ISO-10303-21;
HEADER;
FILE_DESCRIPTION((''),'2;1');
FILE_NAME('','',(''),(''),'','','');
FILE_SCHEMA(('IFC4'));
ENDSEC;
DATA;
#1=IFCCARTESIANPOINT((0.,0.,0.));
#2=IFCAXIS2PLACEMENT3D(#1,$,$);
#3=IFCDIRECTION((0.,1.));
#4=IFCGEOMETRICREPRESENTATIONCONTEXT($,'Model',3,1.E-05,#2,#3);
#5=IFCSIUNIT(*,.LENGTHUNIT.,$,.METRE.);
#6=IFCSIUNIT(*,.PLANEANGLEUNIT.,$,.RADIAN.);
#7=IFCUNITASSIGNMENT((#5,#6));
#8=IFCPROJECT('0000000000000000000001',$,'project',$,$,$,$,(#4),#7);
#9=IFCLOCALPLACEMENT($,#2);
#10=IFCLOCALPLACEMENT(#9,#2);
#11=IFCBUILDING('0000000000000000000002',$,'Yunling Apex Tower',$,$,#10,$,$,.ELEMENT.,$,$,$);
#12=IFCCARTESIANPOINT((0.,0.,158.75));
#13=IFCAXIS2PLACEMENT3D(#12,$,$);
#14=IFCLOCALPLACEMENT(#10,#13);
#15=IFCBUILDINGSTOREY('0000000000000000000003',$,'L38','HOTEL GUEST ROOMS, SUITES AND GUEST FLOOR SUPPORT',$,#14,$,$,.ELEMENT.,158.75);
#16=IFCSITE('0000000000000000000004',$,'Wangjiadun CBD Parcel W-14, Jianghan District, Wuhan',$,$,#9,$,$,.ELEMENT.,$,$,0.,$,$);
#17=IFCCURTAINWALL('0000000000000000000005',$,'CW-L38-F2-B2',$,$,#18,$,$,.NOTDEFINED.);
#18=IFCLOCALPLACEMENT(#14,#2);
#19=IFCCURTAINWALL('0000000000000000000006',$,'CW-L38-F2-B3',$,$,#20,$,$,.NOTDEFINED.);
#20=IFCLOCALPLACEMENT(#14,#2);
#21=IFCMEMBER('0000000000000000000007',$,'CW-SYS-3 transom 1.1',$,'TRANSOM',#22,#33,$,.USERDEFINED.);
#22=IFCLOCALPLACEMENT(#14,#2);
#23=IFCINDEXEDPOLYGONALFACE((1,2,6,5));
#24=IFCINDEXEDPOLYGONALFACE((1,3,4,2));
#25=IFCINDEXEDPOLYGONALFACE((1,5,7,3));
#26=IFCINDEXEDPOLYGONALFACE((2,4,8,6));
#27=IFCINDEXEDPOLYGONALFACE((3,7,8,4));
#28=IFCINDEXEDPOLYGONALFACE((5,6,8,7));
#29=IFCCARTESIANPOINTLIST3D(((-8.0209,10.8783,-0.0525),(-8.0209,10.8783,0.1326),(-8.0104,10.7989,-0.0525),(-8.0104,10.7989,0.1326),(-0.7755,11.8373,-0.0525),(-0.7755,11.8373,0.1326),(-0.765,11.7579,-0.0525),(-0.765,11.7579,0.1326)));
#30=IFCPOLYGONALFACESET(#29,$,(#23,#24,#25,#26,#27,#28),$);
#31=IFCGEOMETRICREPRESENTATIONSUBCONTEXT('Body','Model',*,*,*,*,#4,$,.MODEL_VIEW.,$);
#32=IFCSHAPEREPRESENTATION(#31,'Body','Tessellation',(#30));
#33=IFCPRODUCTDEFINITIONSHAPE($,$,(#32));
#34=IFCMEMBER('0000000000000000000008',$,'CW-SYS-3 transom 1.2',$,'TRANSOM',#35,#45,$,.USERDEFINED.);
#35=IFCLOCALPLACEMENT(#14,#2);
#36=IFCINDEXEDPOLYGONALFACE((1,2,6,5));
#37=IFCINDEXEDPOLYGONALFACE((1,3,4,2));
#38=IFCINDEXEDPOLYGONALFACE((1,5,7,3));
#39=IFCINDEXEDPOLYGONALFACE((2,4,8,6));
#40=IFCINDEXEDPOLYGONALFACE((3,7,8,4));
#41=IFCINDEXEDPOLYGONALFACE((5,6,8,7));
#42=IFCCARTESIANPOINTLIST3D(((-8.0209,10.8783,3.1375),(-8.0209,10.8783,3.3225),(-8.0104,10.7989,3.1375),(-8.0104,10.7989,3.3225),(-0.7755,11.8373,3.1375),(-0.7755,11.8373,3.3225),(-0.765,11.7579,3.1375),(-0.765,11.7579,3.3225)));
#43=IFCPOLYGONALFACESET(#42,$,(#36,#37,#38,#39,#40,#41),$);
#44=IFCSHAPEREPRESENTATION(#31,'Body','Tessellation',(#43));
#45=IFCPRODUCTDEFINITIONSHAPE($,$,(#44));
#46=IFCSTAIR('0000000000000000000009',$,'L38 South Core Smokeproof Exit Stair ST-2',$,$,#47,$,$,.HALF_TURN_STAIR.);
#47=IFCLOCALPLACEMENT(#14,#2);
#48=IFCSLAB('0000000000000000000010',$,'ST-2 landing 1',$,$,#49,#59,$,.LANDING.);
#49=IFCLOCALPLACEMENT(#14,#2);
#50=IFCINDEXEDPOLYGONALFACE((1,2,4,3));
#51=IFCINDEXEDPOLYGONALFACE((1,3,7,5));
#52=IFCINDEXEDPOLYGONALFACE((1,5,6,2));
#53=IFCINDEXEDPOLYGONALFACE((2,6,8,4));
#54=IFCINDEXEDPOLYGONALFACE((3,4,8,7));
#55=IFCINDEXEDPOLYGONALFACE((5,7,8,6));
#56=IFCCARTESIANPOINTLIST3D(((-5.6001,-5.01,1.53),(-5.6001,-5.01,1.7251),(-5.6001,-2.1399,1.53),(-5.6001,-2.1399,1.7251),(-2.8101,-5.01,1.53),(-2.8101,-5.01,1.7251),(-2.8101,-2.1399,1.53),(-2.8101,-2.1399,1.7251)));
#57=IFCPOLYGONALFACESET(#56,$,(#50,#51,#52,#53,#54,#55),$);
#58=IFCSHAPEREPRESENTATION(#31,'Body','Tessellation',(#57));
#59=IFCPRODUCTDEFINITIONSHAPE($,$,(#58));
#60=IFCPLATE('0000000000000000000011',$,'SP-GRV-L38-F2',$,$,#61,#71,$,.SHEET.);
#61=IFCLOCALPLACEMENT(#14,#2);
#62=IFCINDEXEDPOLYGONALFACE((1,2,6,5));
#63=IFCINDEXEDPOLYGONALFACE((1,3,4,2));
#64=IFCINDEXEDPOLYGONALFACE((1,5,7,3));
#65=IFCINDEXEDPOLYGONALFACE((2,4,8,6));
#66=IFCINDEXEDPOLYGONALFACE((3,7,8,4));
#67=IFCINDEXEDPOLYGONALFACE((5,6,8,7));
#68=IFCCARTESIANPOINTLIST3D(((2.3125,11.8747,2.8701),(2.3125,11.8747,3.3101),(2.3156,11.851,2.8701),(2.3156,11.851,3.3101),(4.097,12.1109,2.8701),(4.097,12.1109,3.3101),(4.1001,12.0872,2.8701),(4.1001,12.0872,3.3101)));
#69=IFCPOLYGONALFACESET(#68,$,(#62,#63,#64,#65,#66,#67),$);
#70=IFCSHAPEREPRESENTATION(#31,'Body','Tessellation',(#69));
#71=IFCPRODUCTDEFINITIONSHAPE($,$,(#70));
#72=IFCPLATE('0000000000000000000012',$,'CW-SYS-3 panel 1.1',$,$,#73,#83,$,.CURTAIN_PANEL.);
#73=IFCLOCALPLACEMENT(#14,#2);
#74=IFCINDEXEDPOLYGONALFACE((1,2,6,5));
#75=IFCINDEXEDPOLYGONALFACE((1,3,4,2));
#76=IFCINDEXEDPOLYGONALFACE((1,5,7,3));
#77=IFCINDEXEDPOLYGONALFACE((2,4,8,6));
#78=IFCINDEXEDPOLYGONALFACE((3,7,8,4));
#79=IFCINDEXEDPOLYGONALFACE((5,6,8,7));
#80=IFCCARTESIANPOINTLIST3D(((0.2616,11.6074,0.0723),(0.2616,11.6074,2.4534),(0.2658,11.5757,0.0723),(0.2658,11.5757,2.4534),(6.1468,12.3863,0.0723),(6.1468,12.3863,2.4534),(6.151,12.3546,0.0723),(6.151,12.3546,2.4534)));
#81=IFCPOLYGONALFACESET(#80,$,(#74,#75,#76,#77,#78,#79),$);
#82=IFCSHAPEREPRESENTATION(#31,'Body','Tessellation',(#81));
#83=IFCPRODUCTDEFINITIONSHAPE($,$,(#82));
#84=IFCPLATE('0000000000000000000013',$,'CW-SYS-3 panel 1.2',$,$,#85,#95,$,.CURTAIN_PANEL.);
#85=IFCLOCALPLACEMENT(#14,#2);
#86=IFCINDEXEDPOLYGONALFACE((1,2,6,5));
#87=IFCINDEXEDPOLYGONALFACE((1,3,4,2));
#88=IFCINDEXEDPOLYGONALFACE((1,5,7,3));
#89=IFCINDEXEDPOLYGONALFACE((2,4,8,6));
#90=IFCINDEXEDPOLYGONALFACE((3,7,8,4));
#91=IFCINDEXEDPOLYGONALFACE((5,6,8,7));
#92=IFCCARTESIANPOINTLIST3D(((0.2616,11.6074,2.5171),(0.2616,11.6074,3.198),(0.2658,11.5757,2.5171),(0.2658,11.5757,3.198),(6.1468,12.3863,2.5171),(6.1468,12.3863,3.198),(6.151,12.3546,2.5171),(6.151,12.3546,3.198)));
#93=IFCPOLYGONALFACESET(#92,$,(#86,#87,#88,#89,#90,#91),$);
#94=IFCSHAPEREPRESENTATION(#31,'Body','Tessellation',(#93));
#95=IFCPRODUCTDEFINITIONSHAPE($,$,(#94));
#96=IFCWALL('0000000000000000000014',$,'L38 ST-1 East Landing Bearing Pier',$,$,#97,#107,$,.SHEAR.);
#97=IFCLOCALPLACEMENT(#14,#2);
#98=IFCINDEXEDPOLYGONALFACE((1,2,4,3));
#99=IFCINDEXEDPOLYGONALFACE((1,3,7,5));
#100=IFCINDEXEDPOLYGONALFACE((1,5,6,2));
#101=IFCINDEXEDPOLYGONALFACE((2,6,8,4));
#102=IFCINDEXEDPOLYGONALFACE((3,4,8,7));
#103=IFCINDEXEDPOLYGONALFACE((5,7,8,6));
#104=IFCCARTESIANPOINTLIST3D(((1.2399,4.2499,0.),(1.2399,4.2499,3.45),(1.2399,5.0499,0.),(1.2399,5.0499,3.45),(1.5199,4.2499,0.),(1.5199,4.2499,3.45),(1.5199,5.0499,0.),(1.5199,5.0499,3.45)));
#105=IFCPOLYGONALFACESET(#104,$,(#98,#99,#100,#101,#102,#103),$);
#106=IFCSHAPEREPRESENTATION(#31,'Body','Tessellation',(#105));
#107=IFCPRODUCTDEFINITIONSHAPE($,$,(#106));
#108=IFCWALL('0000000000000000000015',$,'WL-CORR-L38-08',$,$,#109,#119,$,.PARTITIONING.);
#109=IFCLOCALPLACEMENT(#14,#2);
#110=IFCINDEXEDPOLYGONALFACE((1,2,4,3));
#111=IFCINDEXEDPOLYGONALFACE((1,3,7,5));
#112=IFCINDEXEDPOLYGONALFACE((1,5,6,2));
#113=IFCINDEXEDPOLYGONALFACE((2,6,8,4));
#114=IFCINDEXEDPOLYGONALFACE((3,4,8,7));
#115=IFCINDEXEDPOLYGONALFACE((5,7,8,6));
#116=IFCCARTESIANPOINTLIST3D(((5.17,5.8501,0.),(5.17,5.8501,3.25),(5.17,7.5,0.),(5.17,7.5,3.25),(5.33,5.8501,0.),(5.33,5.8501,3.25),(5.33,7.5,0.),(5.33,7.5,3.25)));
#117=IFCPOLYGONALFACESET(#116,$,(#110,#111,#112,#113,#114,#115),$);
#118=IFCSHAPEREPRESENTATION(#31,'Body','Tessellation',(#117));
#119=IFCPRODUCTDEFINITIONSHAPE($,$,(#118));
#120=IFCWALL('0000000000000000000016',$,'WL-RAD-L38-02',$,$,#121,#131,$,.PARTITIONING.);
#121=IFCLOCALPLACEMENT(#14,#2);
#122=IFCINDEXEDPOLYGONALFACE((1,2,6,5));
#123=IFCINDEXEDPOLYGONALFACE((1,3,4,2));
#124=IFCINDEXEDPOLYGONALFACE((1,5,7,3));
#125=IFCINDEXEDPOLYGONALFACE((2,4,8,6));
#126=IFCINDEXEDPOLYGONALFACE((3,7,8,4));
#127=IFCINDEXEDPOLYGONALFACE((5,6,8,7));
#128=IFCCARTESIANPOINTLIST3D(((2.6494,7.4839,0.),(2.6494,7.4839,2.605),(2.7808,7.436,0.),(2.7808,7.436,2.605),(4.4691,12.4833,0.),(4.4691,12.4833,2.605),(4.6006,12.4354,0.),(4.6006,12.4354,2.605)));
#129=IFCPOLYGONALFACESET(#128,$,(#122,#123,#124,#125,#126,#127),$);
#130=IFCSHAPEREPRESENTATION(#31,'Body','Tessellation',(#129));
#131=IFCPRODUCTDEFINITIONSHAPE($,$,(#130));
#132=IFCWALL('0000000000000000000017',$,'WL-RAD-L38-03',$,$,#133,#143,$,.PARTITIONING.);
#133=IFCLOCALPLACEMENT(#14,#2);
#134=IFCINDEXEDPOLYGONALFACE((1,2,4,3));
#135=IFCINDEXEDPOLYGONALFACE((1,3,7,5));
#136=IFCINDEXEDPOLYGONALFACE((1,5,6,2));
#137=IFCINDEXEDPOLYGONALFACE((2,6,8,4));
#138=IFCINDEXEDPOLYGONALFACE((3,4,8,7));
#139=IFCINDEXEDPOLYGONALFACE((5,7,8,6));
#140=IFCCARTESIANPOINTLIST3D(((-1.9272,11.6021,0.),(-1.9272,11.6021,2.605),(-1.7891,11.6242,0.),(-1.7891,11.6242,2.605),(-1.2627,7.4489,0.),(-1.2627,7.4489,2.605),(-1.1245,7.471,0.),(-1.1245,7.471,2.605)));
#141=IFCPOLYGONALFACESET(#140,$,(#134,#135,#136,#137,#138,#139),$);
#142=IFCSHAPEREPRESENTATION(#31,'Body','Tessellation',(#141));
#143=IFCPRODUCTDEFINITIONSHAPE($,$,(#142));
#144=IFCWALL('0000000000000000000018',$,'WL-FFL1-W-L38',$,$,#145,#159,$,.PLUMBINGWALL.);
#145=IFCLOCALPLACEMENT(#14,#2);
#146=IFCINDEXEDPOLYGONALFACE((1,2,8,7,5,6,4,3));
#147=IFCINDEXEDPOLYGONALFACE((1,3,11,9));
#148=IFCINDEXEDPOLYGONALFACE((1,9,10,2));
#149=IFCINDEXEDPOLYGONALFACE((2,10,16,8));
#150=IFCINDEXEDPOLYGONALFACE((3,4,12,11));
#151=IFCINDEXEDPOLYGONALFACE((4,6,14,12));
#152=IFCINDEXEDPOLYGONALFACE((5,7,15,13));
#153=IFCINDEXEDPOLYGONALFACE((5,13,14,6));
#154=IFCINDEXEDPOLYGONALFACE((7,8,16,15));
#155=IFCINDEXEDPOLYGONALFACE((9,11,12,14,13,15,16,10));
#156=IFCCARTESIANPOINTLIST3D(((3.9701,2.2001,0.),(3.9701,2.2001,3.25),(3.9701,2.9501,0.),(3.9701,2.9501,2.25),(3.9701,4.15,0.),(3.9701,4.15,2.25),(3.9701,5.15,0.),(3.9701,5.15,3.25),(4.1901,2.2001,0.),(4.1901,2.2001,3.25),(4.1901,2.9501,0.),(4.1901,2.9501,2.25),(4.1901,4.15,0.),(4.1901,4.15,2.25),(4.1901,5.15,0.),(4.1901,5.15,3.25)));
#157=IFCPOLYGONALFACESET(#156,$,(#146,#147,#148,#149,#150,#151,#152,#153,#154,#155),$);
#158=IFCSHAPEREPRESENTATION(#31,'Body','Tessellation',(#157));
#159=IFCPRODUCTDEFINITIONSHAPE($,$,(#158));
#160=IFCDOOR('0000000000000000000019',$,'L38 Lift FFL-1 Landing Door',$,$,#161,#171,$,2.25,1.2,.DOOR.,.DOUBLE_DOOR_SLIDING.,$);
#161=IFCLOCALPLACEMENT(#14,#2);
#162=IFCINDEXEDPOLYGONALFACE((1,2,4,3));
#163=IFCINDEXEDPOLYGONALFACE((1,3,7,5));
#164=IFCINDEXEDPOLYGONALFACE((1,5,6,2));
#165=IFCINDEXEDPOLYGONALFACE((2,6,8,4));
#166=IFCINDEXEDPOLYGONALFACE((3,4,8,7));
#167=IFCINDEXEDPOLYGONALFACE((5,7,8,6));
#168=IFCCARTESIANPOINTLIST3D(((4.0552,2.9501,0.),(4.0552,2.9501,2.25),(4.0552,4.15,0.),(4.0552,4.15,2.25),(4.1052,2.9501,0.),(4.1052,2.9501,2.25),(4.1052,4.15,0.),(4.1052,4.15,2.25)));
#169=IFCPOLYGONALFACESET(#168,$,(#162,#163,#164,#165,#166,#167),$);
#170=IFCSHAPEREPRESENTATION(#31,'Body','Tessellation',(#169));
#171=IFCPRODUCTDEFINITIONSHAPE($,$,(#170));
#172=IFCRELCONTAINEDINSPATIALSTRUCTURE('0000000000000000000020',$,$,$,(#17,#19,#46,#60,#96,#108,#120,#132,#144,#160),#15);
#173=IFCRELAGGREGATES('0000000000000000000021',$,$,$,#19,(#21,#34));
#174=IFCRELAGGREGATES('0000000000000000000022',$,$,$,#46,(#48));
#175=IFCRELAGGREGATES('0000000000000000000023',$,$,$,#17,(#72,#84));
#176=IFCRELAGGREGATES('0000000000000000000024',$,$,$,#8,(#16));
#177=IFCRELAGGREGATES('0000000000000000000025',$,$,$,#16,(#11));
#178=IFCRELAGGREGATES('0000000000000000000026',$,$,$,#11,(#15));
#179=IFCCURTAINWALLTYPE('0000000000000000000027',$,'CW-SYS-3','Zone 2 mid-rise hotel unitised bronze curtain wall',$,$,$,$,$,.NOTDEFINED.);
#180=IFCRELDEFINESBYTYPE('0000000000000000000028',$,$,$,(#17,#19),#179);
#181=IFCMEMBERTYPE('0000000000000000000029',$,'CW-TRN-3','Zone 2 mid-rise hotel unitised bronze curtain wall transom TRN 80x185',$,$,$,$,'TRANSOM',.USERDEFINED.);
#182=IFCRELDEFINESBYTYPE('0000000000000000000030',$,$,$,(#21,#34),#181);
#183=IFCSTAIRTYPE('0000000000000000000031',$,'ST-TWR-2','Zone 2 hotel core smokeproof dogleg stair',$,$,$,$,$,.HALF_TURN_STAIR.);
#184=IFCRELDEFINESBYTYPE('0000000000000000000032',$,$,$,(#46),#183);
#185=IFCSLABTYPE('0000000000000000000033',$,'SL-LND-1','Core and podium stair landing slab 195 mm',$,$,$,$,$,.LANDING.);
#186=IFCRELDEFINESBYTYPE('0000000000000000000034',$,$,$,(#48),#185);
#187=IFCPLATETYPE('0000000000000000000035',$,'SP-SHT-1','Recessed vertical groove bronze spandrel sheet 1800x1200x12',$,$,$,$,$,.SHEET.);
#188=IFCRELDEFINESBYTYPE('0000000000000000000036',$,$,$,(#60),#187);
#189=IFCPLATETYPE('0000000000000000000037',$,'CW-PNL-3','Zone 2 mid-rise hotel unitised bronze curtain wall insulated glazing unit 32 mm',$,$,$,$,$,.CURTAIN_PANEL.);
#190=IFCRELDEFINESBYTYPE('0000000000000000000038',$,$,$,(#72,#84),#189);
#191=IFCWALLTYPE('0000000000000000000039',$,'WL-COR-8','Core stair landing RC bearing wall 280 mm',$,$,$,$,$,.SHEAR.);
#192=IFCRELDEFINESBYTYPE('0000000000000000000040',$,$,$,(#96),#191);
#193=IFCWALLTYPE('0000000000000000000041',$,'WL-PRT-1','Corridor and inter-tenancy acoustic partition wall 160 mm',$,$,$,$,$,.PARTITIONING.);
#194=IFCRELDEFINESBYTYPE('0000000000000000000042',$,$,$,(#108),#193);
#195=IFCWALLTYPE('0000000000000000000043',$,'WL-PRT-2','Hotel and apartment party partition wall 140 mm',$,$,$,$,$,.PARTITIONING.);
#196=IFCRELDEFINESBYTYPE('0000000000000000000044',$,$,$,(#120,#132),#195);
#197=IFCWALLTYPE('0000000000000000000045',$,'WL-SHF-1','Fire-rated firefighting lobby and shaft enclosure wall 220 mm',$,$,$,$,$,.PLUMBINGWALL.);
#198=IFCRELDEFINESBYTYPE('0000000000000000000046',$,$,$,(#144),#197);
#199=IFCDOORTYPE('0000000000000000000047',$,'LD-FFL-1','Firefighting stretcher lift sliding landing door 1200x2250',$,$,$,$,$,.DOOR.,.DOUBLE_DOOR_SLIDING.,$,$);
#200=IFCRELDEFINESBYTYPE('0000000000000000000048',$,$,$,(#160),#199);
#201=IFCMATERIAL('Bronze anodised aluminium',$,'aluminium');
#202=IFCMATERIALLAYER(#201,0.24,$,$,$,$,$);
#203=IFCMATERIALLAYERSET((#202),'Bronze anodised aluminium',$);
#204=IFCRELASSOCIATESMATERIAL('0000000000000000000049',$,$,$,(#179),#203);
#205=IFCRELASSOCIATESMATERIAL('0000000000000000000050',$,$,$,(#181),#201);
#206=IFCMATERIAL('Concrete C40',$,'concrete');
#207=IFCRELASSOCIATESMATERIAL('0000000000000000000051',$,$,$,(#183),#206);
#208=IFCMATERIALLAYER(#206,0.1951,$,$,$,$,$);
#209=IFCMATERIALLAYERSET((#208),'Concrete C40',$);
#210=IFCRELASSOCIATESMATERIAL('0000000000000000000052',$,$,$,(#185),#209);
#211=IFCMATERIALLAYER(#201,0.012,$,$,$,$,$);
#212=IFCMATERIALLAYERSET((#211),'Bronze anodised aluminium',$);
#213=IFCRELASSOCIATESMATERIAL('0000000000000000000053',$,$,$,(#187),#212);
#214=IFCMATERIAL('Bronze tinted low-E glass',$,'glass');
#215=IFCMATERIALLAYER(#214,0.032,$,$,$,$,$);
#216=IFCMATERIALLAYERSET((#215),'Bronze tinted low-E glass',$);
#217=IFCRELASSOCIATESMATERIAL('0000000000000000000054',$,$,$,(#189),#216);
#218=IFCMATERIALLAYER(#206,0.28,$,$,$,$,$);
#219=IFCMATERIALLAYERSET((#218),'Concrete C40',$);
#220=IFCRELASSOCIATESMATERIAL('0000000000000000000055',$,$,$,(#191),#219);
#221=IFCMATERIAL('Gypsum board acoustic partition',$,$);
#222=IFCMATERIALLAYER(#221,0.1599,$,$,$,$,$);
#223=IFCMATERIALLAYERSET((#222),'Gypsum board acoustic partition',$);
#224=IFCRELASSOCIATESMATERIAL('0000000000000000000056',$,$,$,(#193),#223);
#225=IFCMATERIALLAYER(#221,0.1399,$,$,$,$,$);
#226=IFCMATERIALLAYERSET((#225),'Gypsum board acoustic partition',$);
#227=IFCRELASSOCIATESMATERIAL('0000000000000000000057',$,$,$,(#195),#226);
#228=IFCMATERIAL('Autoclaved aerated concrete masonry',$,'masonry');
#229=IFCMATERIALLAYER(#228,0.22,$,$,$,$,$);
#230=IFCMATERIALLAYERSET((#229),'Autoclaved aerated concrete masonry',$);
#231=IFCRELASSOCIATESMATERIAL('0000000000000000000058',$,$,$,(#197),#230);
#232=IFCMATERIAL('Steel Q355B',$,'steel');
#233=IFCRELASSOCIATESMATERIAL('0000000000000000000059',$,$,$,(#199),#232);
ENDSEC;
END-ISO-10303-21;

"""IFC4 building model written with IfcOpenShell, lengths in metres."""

from ifc_helpers import new_model, si_unit, direction, frame, frame_2d, origin, origin_2d, place, context, subcontext, project, spatial, polyline, rectangle, outline, extrude, source, transform, mapped, material, layer, layer_set, material_profile, profile_set, type_object, element, fill, aggregate, save


model = new_model("IFC4")

# Units and contexts
model_context = context("Model", 3, precision=1e-05, world=origin(), true_north=direction((0.0, 1.0)))
body_context = subcontext(model_context, "Body", "Model", "MODEL_VIEW")
ifc_project = project(units=[si_unit("LENGTHUNIT", "METRE"), si_unit("PLANEANGLEUNIT", "RADIAN")], contexts=[model_context])

# Site, building, storey
site_placement = place(None, origin())
site = spatial("IfcSite", under=ifc_project, at=site_placement, Name="Wangjiadun CBD Parcel W-14, Jianghan District, Wuhan", CompositionType="ELEMENT", RefElevation=0.0)
building_placement = place(site_placement, origin())
building = spatial("IfcBuilding", under=site, at=building_placement, Name="Yunling Apex Tower", CompositionType="ELEMENT")
storey_placement = place(building_placement, frame((0.0, 0.0, 158.75)))
storey = spatial("IfcBuildingStorey", under=building, at=storey_placement, Name="L38", Description="HOTEL GUEST ROOMS, SUITES AND GUEST FLOOR SUPPORT", CompositionType="ELEMENT", Elevation=158.75)

# Shared definitions
ifc_material_1 = material(Name="Steel Q355B", Category="steel")

# Curtain wall
ifc_material_2 = material(Name="Bronze anodised aluminium", Category="aluminium")
ifc_layer_1 = layer(ifc_material_2, 0.24)
ifc_layer_set_1 = layer_set([ifc_layer_1], Name="Bronze anodised aluminium")
curtain_wall_type = type_object("IfcCurtainWallType", Name="CW-SYS-3", Description="Zone 2 mid-rise hotel unitised bronze curtain wall", PredefinedType="NOTDEFINED", material=ifc_layer_set_1)
curtain_wall_1_placement = place(storey_placement, origin())
curtain_wall_1 = element("IfcCurtainWall", 1, at=curtain_wall_1_placement, inside=storey, type_object=curtain_wall_type, Name="CW-L38-F2-B2", PredefinedType="NOTDEFINED")

# Curtain wall, members
curtain_wall_2_placement = place(storey_placement, origin())
curtain_wall_2 = element("IfcCurtainWall", 2, at=curtain_wall_2_placement, inside=storey, type_object=curtain_wall_type, Name="CW-L38-F2-B3", PredefinedType="NOTDEFINED")
ifc_material_profile_1 = material_profile(ifc_material_2, rectangle(XDim=0.0801, YDim=0.1851, at=origin_2d()))
ifc_profile_set_1 = profile_set([ifc_material_profile_1], Name="Bronze anodised aluminium")
member_type_1 = type_object("IfcMemberType", Name="CW-TRN-3", Description="Zone 2 mid-rise hotel unitised bronze curtain wall transom TRN 80x185", ElementType="TRANSOM", PredefinedType="USERDEFINED", material=ifc_profile_set_1)
shared_shape_1 = source(origin(), body_context, "Body", "SweptSolid", [
    extrude(rectangle(XDim=0.0801, YDim=0.1851, at=origin_2d()), origin(), (0.0, 0.0, 1.0), 7.3086),
])
member_1_placement = place(storey_placement, frame((-0.7703, 11.7976, 0.04), z_axis=(-0.991354, -0.131214, 0.0), x_axis=(0.131214, -0.991354, 0.0)))
member_1 = element("IfcMember", 3, at=member_1_placement, type_object=member_type_1, Name="CW-SYS-3 transom 1.1", ObjectType="TRANSOM", PredefinedType="USERDEFINED", context=body_context, shape_type="MappedRepresentation", body=[
    mapped(shared_shape_1, transform((0.0, 0.0, 0.0), scale=1.0)),
])
member_2_placement = place(storey_placement, frame((-0.7703, 11.7976, 3.23), z_axis=(-0.991354, -0.131214, 0.0), x_axis=(0.131214, -0.991354, 0.0)))
member_2 = element("IfcMember", 4, at=member_2_placement, type_object=member_type_1, Name="CW-SYS-3 transom 1.2", ObjectType="TRANSOM", PredefinedType="USERDEFINED", context=body_context, shape_type="MappedRepresentation", body=[
    mapped(shared_shape_1, transform((0.0, 0.0, 0.0), scale=1.0)),
])
aggregate(curtain_wall_2, [member_1, member_2])

# Stair, slab
ifc_material_3 = material(Name="Concrete C40", Category="concrete")
stair_type = type_object("IfcStairType", Name="ST-TWR-2", Description="Zone 2 hotel core smokeproof dogleg stair", PredefinedType="HALF_TURN_STAIR", material=ifc_material_3)
stair_1_placement = place(storey_placement, origin())
stair_1 = element("IfcStair", 5, at=stair_1_placement, inside=storey, type_object=stair_type, Name="L38 South Core Smokeproof Exit Stair ST-2", PredefinedType="HALF_TURN_STAIR")
ifc_layer_2 = layer(ifc_material_3, 0.1951)
ifc_layer_set_2 = layer_set([ifc_layer_2], Name="Concrete C40")
slab_type = type_object("IfcSlabType", Name="SL-LND-1", Description="Core and podium stair landing slab 195 mm", PredefinedType="LANDING", material=ifc_layer_set_2)
slab_placement = place(storey_placement, frame((0.0, 0.0, 1.53)))
slab = element("IfcSlab", 6, at=slab_placement, type_object=slab_type, Name="ST-2 landing 1", PredefinedType="LANDING", context=body_context, shape_type="SweptSolid", body=[
    extrude(outline(polyline([(-2.8101, -2.1399), (-5.6001, -2.1399), (-5.6001, -5.01), (-2.8101, -5.01), (-2.8101, -2.1399)])), origin(), (0.0, 0.0, 1.0), 0.1951),
])
aggregate(stair_1, [slab])

# Plates
ifc_layer_3 = layer(ifc_material_2, 0.012)
ifc_layer_set_3 = layer_set([ifc_layer_3], Name="Bronze anodised aluminium")
plate_type_1 = type_object("IfcPlateType", Name="SP-SHT-1", Description="Recessed vertical groove bronze spandrel sheet 1800x1200x12", PredefinedType="SHEET", material=ifc_layer_set_3)
shared_shape_2 = source(origin(), body_context, "Body", "SweptSolid", [
    extrude(rectangle(XDim=1.8, YDim=0.0239, at=origin_2d()), origin(), (0.0, 0.0, 1.0), 0.4399),
])
plate_1_placement = place(storey_placement, frame((3.2063, 11.981, 2.8701), z_axis=(0.0, 0.0, 1.0), x_axis=(-0.991353, -0.131218, 0.0)))
element("IfcPlate", 7, at=plate_1_placement, inside=storey, type_object=plate_type_1, Name="SP-GRV-L38-F2", PredefinedType="SHEET", context=body_context, shape_type="MappedRepresentation", body=[
    mapped(shared_shape_2, transform((0.0, 0.0, 0.0), scale=1.0)),
])
ifc_material_4 = material(Name="Bronze tinted low-E glass", Category="glass")
ifc_layer_4 = layer(ifc_material_4, 0.032)
ifc_layer_set_4 = layer_set([ifc_layer_4], Name="Bronze tinted low-E glass")
plate_type_2 = type_object("IfcPlateType", Name="CW-PNL-3", Description="Zone 2 mid-rise hotel unitised bronze curtain wall insulated glazing unit 32 mm", PredefinedType="CURTAIN_PANEL", material=ifc_layer_set_4)
shared_shape_3 = source(origin(), body_context, "Body", "SweptSolid", [
    extrude(rectangle(XDim=5.9365, YDim=0.032, at=origin_2d()), origin(), (0.0, 0.0, 1.0), 2.3811),
])
plate_2_placement = place(storey_placement, frame((3.2063, 11.981, 0.0723), z_axis=(0.0, 0.0, 1.0), x_axis=(-0.991355, -0.131205, 0.0)))
plate_2 = element("IfcPlate", 8, at=plate_2_placement, type_object=plate_type_2, Name="CW-SYS-3 panel 1.1", PredefinedType="CURTAIN_PANEL", context=body_context, shape_type="MappedRepresentation", body=[
    mapped(shared_shape_3, transform((0.0, 0.0, 0.0), scale=1.0)),
])
shared_shape_4 = source(origin(), body_context, "Body", "SweptSolid", [
    extrude(rectangle(XDim=5.9365, YDim=0.032, at=origin_2d()), origin(), (0.0, 0.0, 1.0), 0.6809),
])
plate_3_placement = place(storey_placement, frame((3.2063, 11.981, 2.5171), z_axis=(0.0, 0.0, 1.0), x_axis=(-0.991355, -0.131205, 0.0)))
plate_3 = element("IfcPlate", 9, at=plate_3_placement, type_object=plate_type_2, Name="CW-SYS-3 panel 1.2", PredefinedType="CURTAIN_PANEL", context=body_context, shape_type="MappedRepresentation", body=[
    mapped(shared_shape_4, transform((0.0, 0.0, 0.0), scale=1.0)),
])
aggregate(curtain_wall_1, [plate_2, plate_3])

# Walls
ifc_layer_5 = layer(ifc_material_3, 0.28)
ifc_layer_set_5 = layer_set([ifc_layer_5], Name="Concrete C40")
wall_type_1 = type_object("IfcWallType", Name="WL-COR-8", Description="Core stair landing RC bearing wall 280 mm", PredefinedType="SHEAR", material=ifc_layer_set_5)
wall_1_placement = place(storey_placement, frame((1.3799, 4.25, 0.0), z_axis=(0.0, 0.0, 1.0), x_axis=(0.0, 1.0, 0.0)))
element("IfcWall", 10, at=wall_1_placement, inside=storey, type_object=wall_type_1, Name="L38 ST-1 East Landing Bearing Pier", PredefinedType="SHEAR", context=body_context, shape_type="SweptSolid", body=[
    extrude(rectangle(XDim=0.8, YDim=0.28, at=frame_2d((0.3999, 0.0))), origin(), (0.0, 0.0, 1.0), 3.45),
])
ifc_material_5 = material(Name="Gypsum board acoustic partition")
ifc_layer_6 = layer(ifc_material_5, 0.1599)
ifc_layer_set_6 = layer_set([ifc_layer_6], Name="Gypsum board acoustic partition")
wall_type_2 = type_object("IfcWallType", Name="WL-PRT-1", Description="Corridor and inter-tenancy acoustic partition wall 160 mm", PredefinedType="PARTITIONING", material=ifc_layer_set_6)
wall_2_placement = place(storey_placement, frame((5.25, 7.5, 0.0), z_axis=(0.0, 0.0, 1.0), x_axis=(0.0, -1.0, 0.0)))
element("IfcWall", 11, at=wall_2_placement, inside=storey, type_object=wall_type_2, Name="WL-CORR-L38-08", PredefinedType="PARTITIONING", context=body_context, shape_type="SweptSolid", body=[
    extrude(rectangle(XDim=1.6499, YDim=0.1599, at=frame_2d((0.825, 0.0))), origin(), (0.0, 0.0, 1.0), 3.25),
])
ifc_layer_7 = layer(ifc_material_5, 0.1399)
ifc_layer_set_7 = layer_set([ifc_layer_7], Name="Gypsum board acoustic partition")
wall_type_3 = type_object("IfcWallType", Name="WL-PRT-2", Description="Hotel and apartment party partition wall 140 mm", PredefinedType="PARTITIONING", material=ifc_layer_set_7)
wall_3_placement = place(storey_placement, frame((2.7151, 7.46, 0.0), z_axis=(0.0, 0.0, 1.0), x_axis=(0.342045, 0.939684, 0.0)))
element("IfcWall", 12, at=wall_3_placement, inside=storey, type_object=wall_type_3, Name="WL-RAD-L38-02", PredefinedType="PARTITIONING", context=body_context, shape_type="SweptSolid", body=[
    extrude(rectangle(XDim=5.3203, YDim=0.1399, at=frame_2d((2.6602, 0.0))), origin(), (0.0, 0.0, 1.0), 2.605),
])
wall_4_placement = place(storey_placement, frame((-1.1936, 7.46, 0.0), z_axis=(0.0, 0.0, 1.0), x_axis=(-0.157995, 0.98744, 0.0)))
element("IfcWall", 13, at=wall_4_placement, inside=storey, type_object=wall_type_3, Name="WL-RAD-L38-03", PredefinedType="PARTITIONING", context=body_context, shape_type="SweptSolid", body=[
    extrude(rectangle(XDim=4.2061, YDim=0.1399, at=frame_2d((2.103, 0.0))), origin(), (0.0, 0.0, 1.0), 2.605),
])

# Wall, opening, door
ifc_material_6 = material(Name="Autoclaved aerated concrete masonry", Category="masonry")
ifc_layer_8 = layer(ifc_material_6, 0.22)
ifc_layer_set_8 = layer_set([ifc_layer_8], Name="Autoclaved aerated concrete masonry")
wall_type_4 = type_object("IfcWallType", Name="WL-SHF-1", Description="Fire-rated firefighting lobby and shaft enclosure wall 220 mm", PredefinedType="PLUMBINGWALL", material=ifc_layer_set_8)
wall_5_placement = place(storey_placement, frame((4.0801, 2.2, 0.0), z_axis=(0.0, 0.0, 1.0), x_axis=(0.0, 1.0, 0.0)))
wall_5 = element("IfcWall", 14, at=wall_5_placement, inside=storey, type_object=wall_type_4, Name="WL-FFL1-W-L38", PredefinedType="PLUMBINGWALL", context=body_context, shape_type="SweptSolid", body=[
    extrude(rectangle(XDim=2.95, YDim=0.22, at=frame_2d((1.4751, 0.0))), origin(), (0.0, 0.0, 1.0), 3.25),
])
opening_1_placement = place(wall_5_placement, frame((0.75, 0.0, 0.0)))
opening_1 = element("IfcOpeningElement", 15, at=opening_1_placement, cuts=wall_5, PredefinedType="OPENING", context=body_context, shape_type="SweptSolid", body=[
    extrude(rectangle(XDim=1.2, YDim=2.25, at=frame_2d((0.6001, 1.125))), frame((0.0, 0.1201, 0.0), z_axis=(0.0, -1.0, 0.0), x_axis=(1.0, 0.0, 0.0)), (0.0, 0.0, 1.0), 0.24),
])
door_type_1 = type_object("IfcDoorType", Name="LD-FFL-1", Description="Firefighting stretcher lift sliding landing door 1200x2250", OperationType="DOUBLE_DOOR_SLIDING", PredefinedType="DOOR", material=ifc_material_1)
door_1_placement = place(opening_1_placement, origin())
door_1 = element("IfcDoor", 16, at=door_1_placement, inside=storey, type_object=door_type_1, Name="L38 Lift FFL-1 Landing Door", OperationType="DOUBLE_DOOR_SLIDING", OverallHeight=2.25, OverallWidth=1.2, PredefinedType="DOOR", context=body_context, shape_type="SweptSolid", body=[
    extrude(rectangle(XDim=1.2, YDim=2.25, at=frame_2d((0.6001, 1.125))), frame((0.0, 0.0249, 0.0), z_axis=(0.0, -1.0, 0.0), x_axis=(1.0, 0.0, 0.0)), (0.0, 0.0, 1.0), 0.05),
])
fill(opening_1, door_1)

save(model, "model.ifc")
